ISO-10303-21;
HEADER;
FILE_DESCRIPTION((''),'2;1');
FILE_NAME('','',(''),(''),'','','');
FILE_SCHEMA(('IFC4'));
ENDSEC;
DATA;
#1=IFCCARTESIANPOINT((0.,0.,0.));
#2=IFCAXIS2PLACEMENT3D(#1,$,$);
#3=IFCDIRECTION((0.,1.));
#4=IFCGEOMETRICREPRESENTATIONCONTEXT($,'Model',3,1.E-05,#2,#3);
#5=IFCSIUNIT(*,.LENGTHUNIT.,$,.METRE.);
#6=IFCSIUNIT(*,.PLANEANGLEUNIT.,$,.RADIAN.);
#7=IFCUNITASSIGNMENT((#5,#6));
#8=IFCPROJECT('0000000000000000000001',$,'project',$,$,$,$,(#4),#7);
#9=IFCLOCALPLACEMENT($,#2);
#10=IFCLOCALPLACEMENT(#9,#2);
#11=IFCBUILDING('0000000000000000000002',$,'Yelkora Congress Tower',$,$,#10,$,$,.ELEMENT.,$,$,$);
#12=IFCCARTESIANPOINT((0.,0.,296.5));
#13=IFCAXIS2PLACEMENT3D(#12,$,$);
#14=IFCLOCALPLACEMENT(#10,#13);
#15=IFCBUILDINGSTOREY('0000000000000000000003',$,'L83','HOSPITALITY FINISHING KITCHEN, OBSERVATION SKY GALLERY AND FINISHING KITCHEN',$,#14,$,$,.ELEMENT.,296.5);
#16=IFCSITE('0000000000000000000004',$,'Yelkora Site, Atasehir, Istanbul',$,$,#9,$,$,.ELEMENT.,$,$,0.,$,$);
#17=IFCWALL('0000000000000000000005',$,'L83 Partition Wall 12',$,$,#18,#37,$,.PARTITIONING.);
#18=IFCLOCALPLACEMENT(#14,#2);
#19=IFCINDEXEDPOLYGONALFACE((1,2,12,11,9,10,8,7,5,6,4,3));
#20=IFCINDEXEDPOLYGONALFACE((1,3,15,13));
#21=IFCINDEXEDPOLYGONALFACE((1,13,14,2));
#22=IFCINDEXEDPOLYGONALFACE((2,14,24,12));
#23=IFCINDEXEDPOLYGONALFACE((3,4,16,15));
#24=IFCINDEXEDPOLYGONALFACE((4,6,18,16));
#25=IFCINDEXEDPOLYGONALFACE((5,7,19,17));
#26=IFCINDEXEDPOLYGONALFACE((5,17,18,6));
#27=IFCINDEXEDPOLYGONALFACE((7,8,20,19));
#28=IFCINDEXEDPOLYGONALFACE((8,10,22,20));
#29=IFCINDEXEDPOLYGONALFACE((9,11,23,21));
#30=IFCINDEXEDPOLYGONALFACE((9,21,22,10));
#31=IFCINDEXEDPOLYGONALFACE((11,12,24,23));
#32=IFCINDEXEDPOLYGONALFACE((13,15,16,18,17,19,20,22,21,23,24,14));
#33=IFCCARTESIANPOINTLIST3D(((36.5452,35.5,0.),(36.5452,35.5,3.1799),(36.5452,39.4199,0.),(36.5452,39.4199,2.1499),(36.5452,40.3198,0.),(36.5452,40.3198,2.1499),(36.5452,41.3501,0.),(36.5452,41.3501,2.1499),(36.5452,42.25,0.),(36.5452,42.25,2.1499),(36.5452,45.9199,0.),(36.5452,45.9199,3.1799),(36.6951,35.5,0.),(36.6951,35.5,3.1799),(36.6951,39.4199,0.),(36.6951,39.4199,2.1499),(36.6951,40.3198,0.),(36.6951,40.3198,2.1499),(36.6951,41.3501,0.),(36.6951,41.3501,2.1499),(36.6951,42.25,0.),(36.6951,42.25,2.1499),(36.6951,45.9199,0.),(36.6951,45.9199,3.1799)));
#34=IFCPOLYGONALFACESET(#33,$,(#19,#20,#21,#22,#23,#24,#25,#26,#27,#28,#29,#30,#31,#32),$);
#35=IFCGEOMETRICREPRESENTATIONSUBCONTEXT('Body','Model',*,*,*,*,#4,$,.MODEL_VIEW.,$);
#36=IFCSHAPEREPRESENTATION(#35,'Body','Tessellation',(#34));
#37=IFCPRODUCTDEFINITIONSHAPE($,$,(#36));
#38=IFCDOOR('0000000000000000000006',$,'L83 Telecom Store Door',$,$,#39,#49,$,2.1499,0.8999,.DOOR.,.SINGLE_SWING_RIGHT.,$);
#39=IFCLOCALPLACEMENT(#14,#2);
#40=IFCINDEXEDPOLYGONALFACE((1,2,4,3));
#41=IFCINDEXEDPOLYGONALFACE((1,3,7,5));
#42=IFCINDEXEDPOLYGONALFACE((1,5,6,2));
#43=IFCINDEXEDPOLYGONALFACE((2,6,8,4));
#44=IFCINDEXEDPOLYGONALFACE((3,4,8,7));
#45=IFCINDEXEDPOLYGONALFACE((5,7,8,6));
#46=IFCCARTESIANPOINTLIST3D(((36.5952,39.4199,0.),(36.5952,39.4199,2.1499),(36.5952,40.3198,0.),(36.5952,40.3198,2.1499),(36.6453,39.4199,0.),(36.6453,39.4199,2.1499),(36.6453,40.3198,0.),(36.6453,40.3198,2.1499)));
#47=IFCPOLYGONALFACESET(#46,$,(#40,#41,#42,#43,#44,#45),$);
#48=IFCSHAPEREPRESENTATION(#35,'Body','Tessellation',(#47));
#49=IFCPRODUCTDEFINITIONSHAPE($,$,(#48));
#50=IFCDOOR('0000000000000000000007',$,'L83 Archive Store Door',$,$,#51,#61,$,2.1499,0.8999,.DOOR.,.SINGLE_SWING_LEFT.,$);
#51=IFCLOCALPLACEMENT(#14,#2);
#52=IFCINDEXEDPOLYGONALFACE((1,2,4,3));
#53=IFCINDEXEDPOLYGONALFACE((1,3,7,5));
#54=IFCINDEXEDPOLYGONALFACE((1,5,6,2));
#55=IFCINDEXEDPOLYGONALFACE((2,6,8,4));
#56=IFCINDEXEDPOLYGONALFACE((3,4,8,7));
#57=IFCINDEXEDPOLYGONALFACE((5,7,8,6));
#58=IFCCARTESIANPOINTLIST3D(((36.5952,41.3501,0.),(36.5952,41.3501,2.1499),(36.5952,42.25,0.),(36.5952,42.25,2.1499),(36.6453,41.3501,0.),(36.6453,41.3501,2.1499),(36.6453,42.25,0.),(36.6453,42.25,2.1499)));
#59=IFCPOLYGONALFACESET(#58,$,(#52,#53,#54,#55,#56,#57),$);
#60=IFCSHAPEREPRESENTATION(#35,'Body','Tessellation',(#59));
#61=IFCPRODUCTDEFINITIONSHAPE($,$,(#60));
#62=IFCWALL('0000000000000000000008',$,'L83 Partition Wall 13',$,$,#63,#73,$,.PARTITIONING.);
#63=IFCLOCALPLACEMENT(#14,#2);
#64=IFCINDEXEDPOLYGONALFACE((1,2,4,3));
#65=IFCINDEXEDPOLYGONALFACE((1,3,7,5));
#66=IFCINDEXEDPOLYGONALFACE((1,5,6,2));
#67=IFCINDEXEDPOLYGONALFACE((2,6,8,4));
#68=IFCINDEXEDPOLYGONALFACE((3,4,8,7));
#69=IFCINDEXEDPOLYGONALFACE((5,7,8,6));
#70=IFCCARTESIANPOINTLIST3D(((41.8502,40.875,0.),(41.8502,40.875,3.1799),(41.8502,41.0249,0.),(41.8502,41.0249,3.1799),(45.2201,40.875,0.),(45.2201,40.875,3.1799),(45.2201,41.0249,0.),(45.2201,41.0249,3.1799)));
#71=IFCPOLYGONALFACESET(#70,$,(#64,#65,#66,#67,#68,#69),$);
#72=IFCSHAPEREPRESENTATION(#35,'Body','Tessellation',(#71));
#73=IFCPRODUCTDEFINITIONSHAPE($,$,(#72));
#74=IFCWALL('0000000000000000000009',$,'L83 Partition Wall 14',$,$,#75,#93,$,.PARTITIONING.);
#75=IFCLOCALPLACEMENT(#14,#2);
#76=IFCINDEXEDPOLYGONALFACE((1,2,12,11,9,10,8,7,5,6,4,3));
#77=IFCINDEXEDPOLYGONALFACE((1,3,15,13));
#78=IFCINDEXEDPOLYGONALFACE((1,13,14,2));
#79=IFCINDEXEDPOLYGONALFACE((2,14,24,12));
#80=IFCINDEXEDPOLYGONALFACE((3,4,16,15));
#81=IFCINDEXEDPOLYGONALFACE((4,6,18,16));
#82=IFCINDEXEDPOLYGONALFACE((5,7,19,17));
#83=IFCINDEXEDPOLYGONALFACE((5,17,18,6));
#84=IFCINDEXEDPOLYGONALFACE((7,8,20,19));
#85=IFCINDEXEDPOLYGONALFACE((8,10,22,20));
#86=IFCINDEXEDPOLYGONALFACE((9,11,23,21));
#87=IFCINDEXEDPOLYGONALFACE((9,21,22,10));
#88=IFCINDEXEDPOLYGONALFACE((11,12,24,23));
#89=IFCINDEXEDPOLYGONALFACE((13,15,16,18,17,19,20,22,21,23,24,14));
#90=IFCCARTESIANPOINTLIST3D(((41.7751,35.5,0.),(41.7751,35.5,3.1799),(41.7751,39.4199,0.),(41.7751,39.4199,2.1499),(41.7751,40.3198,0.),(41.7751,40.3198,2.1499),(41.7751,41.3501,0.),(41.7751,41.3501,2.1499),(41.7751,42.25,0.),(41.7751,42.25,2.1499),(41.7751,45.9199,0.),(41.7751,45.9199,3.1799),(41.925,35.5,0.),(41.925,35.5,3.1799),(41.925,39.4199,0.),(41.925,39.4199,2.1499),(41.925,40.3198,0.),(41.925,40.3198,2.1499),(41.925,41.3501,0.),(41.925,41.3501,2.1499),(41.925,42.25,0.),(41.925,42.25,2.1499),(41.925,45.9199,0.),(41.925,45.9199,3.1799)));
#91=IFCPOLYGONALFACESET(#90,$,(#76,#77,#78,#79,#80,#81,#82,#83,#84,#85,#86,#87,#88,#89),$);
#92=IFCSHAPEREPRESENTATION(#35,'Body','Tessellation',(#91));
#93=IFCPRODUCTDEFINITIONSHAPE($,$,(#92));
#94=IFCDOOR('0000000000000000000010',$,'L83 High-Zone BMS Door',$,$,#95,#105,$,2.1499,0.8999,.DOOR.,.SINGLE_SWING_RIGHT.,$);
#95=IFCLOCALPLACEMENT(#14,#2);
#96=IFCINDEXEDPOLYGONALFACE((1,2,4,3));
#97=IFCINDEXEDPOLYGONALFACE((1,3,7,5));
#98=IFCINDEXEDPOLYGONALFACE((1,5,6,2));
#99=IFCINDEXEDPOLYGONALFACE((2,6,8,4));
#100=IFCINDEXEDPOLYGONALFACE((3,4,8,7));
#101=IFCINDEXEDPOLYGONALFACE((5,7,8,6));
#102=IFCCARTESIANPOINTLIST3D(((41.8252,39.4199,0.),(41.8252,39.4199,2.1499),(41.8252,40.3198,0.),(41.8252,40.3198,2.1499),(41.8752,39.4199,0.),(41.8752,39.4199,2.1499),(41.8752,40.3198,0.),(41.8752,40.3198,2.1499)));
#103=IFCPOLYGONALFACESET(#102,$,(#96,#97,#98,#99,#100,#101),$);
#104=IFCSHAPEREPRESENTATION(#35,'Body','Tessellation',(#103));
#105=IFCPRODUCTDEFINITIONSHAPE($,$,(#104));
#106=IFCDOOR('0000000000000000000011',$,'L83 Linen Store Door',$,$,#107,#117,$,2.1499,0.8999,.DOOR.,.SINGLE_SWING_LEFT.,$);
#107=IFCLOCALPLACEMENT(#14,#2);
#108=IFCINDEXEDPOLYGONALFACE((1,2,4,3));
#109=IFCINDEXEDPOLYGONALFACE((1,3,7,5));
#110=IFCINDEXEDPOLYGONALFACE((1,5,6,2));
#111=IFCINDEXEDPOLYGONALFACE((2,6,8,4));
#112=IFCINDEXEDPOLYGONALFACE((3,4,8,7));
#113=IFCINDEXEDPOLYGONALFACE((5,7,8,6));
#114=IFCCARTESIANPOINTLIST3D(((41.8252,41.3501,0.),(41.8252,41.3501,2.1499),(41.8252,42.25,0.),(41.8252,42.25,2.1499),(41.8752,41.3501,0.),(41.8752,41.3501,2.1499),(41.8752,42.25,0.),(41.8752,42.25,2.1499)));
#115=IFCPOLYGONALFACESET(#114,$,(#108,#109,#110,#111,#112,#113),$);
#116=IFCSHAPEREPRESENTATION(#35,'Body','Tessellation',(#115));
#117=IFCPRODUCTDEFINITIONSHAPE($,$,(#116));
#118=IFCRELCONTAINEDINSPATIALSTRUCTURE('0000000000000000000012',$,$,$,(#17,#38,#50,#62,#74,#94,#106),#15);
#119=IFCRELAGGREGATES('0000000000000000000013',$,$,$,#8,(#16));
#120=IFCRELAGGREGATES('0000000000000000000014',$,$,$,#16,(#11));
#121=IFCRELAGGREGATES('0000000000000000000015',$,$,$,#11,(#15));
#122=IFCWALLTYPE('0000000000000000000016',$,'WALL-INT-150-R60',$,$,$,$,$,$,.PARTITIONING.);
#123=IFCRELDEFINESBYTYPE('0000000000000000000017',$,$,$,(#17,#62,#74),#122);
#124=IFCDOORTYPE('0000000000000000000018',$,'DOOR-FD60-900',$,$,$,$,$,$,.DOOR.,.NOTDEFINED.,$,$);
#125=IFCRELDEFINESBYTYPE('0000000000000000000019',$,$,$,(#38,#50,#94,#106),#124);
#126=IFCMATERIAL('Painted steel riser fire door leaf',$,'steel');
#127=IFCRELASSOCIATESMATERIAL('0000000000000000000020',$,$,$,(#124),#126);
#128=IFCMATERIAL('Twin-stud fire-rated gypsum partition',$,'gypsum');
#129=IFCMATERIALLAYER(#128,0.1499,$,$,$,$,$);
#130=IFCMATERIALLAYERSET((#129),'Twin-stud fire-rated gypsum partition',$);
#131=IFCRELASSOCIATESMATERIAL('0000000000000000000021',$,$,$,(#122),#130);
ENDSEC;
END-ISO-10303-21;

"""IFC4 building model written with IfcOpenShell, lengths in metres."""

from ifc_helpers import new_model, si_unit, direction, frame, frame_2d, origin, place, context, subcontext, project, spatial, rectangle, extrude, material, layer, layer_set, type_object, element, fill, save


model = new_model("IFC4")

# Units and contexts
model_context = context("Model", 3, precision=1e-05, world=origin(), true_north=direction((0.0, 1.0)))
body_context = subcontext(model_context, "Body", "Model", "MODEL_VIEW")
ifc_project = project(units=[si_unit("LENGTHUNIT", "METRE"), si_unit("PLANEANGLEUNIT", "RADIAN")], contexts=[model_context])

# Site, building, storey
site_placement = place(None, origin())
site = spatial("IfcSite", under=ifc_project, at=site_placement, Name="Yelkora Site, Atasehir, Istanbul", CompositionType="ELEMENT", RefElevation=0.0)
building_placement = place(site_placement, origin())
building = spatial("IfcBuilding", under=site, at=building_placement, Name="Yelkora Congress Tower", CompositionType="ELEMENT")
storey_placement = place(building_placement, frame((0.0, 0.0, 296.5)))
storey = spatial("IfcBuildingStorey", under=building, at=storey_placement, Name="L83", Description="HOSPITALITY FINISHING KITCHEN, OBSERVATION SKY GALLERY AND FINISHING KITCHEN", CompositionType="ELEMENT", Elevation=296.5)

# Shared definitions
ifc_material_1 = material(Name="Painted steel riser fire door leaf", Category="steel")
door_type_1 = type_object("IfcDoorType", Name="DOOR-FD60-900", OperationType="NOTDEFINED", PredefinedType="DOOR", material=ifc_material_1)

# Shared definitions
ifc_material_2 = material(Name="Twin-stud fire-rated gypsum partition", Category="gypsum")
ifc_layer_1 = layer(ifc_material_2, 0.1499)
ifc_layer_set_1 = layer_set([ifc_layer_1], Name="Twin-stud fire-rated gypsum partition")
wall_type_1 = type_object("IfcWallType", Name="WALL-INT-150-R60", PredefinedType="PARTITIONING", material=ifc_layer_set_1)

# Wall, openings, doors
wall_1_placement = place(storey_placement, frame((36.6201, 35.5, 0.0), z_axis=(0.0, 0.0, 1.0), x_axis=(0.0, 1.0, 0.0)))
wall_1 = element("IfcWall", 1, at=wall_1_placement, inside=storey, type_object=wall_type_1, Name="L83 Partition Wall 12", PredefinedType="PARTITIONING", context=body_context, shape_type="SweptSolid", body=[
    extrude(rectangle(XDim=10.4199, YDim=0.1499, at=frame_2d((5.21, 0.0))), origin(), (0.0, 0.0, 1.0), 3.1799),
])
opening_1_placement = place(wall_1_placement, frame((3.9199, 0.0, 0.0)))
opening_1 = element("IfcOpeningElement", 2, at=opening_1_placement, cuts=wall_1, PredefinedType="OPENING", context=body_context, shape_type="SweptSolid", body=[
    extrude(rectangle(XDim=0.8999, YDim=2.1499, at=frame_2d((0.45, 1.075))), frame((0.0, 0.085, 0.0), z_axis=(0.0, -1.0, 0.0), x_axis=(1.0, 0.0, 0.0)), (0.0, 0.0, 1.0), 0.1699),
])
opening_2_placement = place(wall_1_placement, frame((5.8501, 0.0, 0.0)))
opening_2 = element("IfcOpeningElement", 3, at=opening_2_placement, cuts=wall_1, PredefinedType="OPENING", context=body_context, shape_type="SweptSolid", body=[
    extrude(rectangle(XDim=0.8999, YDim=2.1499, at=frame_2d((0.45, 1.075))), frame((0.0, 0.085, 0.0), z_axis=(0.0, -1.0, 0.0), x_axis=(1.0, 0.0, 0.0)), (0.0, 0.0, 1.0), 0.1699),
])
door_1_placement = place(opening_1_placement, origin())
door_1 = element("IfcDoor", 4, at=door_1_placement, inside=storey, type_object=door_type_1, Name="L83 Telecom Store Door", OperationType="SINGLE_SWING_RIGHT", OverallHeight=2.1499, OverallWidth=0.8999, PredefinedType="DOOR", context=body_context, shape_type="SweptSolid", body=[
    extrude(rectangle(XDim=0.8999, YDim=2.1499, at=frame_2d((0.45, 1.075))), frame((0.0, 0.0249, 0.0), z_axis=(0.0, -1.0, 0.0), x_axis=(1.0, 0.0, 0.0)), (0.0, 0.0, 1.0), 0.05),
])
fill(opening_1, door_1)
door_2_placement = place(opening_2_placement, origin())
door_2 = element("IfcDoor", 5, at=door_2_placement, inside=storey, type_object=door_type_1, Name="L83 Archive Store Door", OperationType="SINGLE_SWING_LEFT", OverallHeight=2.1499, OverallWidth=0.8999, PredefinedType="DOOR", context=body_context, shape_type="SweptSolid", body=[
    extrude(rectangle(XDim=0.8999, YDim=2.1499, at=frame_2d((0.45, 1.075))), frame((0.0, 0.0249, 0.0), z_axis=(0.0, -1.0, 0.0), x_axis=(1.0, 0.0, 0.0)), (0.0, 0.0, 1.0), 0.05),
])
fill(opening_2, door_2)

# Wall
wall_2_placement = place(storey_placement, frame((41.8501, 40.95, 0.0), z_axis=(0.0, 0.0, 1.0), x_axis=(1.0, 0.0, 0.0)))
element("IfcWall", 6, at=wall_2_placement, inside=storey, type_object=wall_type_1, Name="L83 Partition Wall 13", PredefinedType="PARTITIONING", context=body_context, shape_type="SweptSolid", body=[
    extrude(rectangle(XDim=3.3699, YDim=0.1499, at=frame_2d((1.6851, 0.0))), origin(), (0.0, 0.0, 1.0), 3.1799),
])

# Wall, openings, doors
wall_3_placement = place(storey_placement, frame((41.8501, 35.5, 0.0), z_axis=(0.0, 0.0, 1.0), x_axis=(0.0, 1.0, 0.0)))
wall_3 = element("IfcWall", 7, at=wall_3_placement, inside=storey, type_object=wall_type_1, Name="L83 Partition Wall 14", PredefinedType="PARTITIONING", context=body_context, shape_type="SweptSolid", body=[
    extrude(rectangle(XDim=10.4199, YDim=0.1499, at=frame_2d((5.21, 0.0))), origin(), (0.0, 0.0, 1.0), 3.1799),
])
opening_3_placement = place(wall_3_placement, frame((3.9199, 0.0, 0.0)))
opening_3 = element("IfcOpeningElement", 8, at=opening_3_placement, cuts=wall_3, PredefinedType="OPENING", context=body_context, shape_type="SweptSolid", body=[
    extrude(rectangle(XDim=0.8999, YDim=2.1499, at=frame_2d((0.45, 1.075))), frame((0.0, 0.085, 0.0), z_axis=(0.0, -1.0, 0.0), x_axis=(1.0, 0.0, 0.0)), (0.0, 0.0, 1.0), 0.1699),
])
opening_4_placement = place(wall_3_placement, frame((5.8501, 0.0, 0.0)))
opening_4 = element("IfcOpeningElement", 9, at=opening_4_placement, cuts=wall_3, PredefinedType="OPENING", context=body_context, shape_type="SweptSolid", body=[
    extrude(rectangle(XDim=0.8999, YDim=2.1499, at=frame_2d((0.45, 1.075))), frame((0.0, 0.085, 0.0), z_axis=(0.0, -1.0, 0.0), x_axis=(1.0, 0.0, 0.0)), (0.0, 0.0, 1.0), 0.1699),
])
door_3_placement = place(opening_3_placement, origin())
door_3 = element("IfcDoor", 10, at=door_3_placement, inside=storey, type_object=door_type_1, Name="L83 High-Zone BMS Door", OperationType="SINGLE_SWING_RIGHT", OverallHeight=2.1499, OverallWidth=0.8999, PredefinedType="DOOR", context=body_context, shape_type="SweptSolid", body=[
    extrude(rectangle(XDim=0.8999, YDim=2.1499, at=frame_2d((0.45, 1.075))), frame((0.0, 0.0249, 0.0), z_axis=(0.0, -1.0, 0.0), x_axis=(1.0, 0.0, 0.0)), (0.0, 0.0, 1.0), 0.05),
])
fill(opening_3, door_3)
door_4_placement = place(opening_4_placement, origin())
door_4 = element("IfcDoor", 11, at=door_4_placement, inside=storey, type_object=door_type_1, Name="L83 Linen Store Door", OperationType="SINGLE_SWING_LEFT", OverallHeight=2.1499, OverallWidth=0.8999, PredefinedType="DOOR", context=body_context, shape_type="SweptSolid", body=[
    extrude(rectangle(XDim=0.8999, YDim=2.1499, at=frame_2d((0.45, 1.075))), frame((0.0, 0.0249, 0.0), z_axis=(0.0, -1.0, 0.0), x_axis=(1.0, 0.0, 0.0)), (0.0, 0.0, 1.0), 0.05),
])
fill(opening_4, door_4)

save(model, "model.ifc")
